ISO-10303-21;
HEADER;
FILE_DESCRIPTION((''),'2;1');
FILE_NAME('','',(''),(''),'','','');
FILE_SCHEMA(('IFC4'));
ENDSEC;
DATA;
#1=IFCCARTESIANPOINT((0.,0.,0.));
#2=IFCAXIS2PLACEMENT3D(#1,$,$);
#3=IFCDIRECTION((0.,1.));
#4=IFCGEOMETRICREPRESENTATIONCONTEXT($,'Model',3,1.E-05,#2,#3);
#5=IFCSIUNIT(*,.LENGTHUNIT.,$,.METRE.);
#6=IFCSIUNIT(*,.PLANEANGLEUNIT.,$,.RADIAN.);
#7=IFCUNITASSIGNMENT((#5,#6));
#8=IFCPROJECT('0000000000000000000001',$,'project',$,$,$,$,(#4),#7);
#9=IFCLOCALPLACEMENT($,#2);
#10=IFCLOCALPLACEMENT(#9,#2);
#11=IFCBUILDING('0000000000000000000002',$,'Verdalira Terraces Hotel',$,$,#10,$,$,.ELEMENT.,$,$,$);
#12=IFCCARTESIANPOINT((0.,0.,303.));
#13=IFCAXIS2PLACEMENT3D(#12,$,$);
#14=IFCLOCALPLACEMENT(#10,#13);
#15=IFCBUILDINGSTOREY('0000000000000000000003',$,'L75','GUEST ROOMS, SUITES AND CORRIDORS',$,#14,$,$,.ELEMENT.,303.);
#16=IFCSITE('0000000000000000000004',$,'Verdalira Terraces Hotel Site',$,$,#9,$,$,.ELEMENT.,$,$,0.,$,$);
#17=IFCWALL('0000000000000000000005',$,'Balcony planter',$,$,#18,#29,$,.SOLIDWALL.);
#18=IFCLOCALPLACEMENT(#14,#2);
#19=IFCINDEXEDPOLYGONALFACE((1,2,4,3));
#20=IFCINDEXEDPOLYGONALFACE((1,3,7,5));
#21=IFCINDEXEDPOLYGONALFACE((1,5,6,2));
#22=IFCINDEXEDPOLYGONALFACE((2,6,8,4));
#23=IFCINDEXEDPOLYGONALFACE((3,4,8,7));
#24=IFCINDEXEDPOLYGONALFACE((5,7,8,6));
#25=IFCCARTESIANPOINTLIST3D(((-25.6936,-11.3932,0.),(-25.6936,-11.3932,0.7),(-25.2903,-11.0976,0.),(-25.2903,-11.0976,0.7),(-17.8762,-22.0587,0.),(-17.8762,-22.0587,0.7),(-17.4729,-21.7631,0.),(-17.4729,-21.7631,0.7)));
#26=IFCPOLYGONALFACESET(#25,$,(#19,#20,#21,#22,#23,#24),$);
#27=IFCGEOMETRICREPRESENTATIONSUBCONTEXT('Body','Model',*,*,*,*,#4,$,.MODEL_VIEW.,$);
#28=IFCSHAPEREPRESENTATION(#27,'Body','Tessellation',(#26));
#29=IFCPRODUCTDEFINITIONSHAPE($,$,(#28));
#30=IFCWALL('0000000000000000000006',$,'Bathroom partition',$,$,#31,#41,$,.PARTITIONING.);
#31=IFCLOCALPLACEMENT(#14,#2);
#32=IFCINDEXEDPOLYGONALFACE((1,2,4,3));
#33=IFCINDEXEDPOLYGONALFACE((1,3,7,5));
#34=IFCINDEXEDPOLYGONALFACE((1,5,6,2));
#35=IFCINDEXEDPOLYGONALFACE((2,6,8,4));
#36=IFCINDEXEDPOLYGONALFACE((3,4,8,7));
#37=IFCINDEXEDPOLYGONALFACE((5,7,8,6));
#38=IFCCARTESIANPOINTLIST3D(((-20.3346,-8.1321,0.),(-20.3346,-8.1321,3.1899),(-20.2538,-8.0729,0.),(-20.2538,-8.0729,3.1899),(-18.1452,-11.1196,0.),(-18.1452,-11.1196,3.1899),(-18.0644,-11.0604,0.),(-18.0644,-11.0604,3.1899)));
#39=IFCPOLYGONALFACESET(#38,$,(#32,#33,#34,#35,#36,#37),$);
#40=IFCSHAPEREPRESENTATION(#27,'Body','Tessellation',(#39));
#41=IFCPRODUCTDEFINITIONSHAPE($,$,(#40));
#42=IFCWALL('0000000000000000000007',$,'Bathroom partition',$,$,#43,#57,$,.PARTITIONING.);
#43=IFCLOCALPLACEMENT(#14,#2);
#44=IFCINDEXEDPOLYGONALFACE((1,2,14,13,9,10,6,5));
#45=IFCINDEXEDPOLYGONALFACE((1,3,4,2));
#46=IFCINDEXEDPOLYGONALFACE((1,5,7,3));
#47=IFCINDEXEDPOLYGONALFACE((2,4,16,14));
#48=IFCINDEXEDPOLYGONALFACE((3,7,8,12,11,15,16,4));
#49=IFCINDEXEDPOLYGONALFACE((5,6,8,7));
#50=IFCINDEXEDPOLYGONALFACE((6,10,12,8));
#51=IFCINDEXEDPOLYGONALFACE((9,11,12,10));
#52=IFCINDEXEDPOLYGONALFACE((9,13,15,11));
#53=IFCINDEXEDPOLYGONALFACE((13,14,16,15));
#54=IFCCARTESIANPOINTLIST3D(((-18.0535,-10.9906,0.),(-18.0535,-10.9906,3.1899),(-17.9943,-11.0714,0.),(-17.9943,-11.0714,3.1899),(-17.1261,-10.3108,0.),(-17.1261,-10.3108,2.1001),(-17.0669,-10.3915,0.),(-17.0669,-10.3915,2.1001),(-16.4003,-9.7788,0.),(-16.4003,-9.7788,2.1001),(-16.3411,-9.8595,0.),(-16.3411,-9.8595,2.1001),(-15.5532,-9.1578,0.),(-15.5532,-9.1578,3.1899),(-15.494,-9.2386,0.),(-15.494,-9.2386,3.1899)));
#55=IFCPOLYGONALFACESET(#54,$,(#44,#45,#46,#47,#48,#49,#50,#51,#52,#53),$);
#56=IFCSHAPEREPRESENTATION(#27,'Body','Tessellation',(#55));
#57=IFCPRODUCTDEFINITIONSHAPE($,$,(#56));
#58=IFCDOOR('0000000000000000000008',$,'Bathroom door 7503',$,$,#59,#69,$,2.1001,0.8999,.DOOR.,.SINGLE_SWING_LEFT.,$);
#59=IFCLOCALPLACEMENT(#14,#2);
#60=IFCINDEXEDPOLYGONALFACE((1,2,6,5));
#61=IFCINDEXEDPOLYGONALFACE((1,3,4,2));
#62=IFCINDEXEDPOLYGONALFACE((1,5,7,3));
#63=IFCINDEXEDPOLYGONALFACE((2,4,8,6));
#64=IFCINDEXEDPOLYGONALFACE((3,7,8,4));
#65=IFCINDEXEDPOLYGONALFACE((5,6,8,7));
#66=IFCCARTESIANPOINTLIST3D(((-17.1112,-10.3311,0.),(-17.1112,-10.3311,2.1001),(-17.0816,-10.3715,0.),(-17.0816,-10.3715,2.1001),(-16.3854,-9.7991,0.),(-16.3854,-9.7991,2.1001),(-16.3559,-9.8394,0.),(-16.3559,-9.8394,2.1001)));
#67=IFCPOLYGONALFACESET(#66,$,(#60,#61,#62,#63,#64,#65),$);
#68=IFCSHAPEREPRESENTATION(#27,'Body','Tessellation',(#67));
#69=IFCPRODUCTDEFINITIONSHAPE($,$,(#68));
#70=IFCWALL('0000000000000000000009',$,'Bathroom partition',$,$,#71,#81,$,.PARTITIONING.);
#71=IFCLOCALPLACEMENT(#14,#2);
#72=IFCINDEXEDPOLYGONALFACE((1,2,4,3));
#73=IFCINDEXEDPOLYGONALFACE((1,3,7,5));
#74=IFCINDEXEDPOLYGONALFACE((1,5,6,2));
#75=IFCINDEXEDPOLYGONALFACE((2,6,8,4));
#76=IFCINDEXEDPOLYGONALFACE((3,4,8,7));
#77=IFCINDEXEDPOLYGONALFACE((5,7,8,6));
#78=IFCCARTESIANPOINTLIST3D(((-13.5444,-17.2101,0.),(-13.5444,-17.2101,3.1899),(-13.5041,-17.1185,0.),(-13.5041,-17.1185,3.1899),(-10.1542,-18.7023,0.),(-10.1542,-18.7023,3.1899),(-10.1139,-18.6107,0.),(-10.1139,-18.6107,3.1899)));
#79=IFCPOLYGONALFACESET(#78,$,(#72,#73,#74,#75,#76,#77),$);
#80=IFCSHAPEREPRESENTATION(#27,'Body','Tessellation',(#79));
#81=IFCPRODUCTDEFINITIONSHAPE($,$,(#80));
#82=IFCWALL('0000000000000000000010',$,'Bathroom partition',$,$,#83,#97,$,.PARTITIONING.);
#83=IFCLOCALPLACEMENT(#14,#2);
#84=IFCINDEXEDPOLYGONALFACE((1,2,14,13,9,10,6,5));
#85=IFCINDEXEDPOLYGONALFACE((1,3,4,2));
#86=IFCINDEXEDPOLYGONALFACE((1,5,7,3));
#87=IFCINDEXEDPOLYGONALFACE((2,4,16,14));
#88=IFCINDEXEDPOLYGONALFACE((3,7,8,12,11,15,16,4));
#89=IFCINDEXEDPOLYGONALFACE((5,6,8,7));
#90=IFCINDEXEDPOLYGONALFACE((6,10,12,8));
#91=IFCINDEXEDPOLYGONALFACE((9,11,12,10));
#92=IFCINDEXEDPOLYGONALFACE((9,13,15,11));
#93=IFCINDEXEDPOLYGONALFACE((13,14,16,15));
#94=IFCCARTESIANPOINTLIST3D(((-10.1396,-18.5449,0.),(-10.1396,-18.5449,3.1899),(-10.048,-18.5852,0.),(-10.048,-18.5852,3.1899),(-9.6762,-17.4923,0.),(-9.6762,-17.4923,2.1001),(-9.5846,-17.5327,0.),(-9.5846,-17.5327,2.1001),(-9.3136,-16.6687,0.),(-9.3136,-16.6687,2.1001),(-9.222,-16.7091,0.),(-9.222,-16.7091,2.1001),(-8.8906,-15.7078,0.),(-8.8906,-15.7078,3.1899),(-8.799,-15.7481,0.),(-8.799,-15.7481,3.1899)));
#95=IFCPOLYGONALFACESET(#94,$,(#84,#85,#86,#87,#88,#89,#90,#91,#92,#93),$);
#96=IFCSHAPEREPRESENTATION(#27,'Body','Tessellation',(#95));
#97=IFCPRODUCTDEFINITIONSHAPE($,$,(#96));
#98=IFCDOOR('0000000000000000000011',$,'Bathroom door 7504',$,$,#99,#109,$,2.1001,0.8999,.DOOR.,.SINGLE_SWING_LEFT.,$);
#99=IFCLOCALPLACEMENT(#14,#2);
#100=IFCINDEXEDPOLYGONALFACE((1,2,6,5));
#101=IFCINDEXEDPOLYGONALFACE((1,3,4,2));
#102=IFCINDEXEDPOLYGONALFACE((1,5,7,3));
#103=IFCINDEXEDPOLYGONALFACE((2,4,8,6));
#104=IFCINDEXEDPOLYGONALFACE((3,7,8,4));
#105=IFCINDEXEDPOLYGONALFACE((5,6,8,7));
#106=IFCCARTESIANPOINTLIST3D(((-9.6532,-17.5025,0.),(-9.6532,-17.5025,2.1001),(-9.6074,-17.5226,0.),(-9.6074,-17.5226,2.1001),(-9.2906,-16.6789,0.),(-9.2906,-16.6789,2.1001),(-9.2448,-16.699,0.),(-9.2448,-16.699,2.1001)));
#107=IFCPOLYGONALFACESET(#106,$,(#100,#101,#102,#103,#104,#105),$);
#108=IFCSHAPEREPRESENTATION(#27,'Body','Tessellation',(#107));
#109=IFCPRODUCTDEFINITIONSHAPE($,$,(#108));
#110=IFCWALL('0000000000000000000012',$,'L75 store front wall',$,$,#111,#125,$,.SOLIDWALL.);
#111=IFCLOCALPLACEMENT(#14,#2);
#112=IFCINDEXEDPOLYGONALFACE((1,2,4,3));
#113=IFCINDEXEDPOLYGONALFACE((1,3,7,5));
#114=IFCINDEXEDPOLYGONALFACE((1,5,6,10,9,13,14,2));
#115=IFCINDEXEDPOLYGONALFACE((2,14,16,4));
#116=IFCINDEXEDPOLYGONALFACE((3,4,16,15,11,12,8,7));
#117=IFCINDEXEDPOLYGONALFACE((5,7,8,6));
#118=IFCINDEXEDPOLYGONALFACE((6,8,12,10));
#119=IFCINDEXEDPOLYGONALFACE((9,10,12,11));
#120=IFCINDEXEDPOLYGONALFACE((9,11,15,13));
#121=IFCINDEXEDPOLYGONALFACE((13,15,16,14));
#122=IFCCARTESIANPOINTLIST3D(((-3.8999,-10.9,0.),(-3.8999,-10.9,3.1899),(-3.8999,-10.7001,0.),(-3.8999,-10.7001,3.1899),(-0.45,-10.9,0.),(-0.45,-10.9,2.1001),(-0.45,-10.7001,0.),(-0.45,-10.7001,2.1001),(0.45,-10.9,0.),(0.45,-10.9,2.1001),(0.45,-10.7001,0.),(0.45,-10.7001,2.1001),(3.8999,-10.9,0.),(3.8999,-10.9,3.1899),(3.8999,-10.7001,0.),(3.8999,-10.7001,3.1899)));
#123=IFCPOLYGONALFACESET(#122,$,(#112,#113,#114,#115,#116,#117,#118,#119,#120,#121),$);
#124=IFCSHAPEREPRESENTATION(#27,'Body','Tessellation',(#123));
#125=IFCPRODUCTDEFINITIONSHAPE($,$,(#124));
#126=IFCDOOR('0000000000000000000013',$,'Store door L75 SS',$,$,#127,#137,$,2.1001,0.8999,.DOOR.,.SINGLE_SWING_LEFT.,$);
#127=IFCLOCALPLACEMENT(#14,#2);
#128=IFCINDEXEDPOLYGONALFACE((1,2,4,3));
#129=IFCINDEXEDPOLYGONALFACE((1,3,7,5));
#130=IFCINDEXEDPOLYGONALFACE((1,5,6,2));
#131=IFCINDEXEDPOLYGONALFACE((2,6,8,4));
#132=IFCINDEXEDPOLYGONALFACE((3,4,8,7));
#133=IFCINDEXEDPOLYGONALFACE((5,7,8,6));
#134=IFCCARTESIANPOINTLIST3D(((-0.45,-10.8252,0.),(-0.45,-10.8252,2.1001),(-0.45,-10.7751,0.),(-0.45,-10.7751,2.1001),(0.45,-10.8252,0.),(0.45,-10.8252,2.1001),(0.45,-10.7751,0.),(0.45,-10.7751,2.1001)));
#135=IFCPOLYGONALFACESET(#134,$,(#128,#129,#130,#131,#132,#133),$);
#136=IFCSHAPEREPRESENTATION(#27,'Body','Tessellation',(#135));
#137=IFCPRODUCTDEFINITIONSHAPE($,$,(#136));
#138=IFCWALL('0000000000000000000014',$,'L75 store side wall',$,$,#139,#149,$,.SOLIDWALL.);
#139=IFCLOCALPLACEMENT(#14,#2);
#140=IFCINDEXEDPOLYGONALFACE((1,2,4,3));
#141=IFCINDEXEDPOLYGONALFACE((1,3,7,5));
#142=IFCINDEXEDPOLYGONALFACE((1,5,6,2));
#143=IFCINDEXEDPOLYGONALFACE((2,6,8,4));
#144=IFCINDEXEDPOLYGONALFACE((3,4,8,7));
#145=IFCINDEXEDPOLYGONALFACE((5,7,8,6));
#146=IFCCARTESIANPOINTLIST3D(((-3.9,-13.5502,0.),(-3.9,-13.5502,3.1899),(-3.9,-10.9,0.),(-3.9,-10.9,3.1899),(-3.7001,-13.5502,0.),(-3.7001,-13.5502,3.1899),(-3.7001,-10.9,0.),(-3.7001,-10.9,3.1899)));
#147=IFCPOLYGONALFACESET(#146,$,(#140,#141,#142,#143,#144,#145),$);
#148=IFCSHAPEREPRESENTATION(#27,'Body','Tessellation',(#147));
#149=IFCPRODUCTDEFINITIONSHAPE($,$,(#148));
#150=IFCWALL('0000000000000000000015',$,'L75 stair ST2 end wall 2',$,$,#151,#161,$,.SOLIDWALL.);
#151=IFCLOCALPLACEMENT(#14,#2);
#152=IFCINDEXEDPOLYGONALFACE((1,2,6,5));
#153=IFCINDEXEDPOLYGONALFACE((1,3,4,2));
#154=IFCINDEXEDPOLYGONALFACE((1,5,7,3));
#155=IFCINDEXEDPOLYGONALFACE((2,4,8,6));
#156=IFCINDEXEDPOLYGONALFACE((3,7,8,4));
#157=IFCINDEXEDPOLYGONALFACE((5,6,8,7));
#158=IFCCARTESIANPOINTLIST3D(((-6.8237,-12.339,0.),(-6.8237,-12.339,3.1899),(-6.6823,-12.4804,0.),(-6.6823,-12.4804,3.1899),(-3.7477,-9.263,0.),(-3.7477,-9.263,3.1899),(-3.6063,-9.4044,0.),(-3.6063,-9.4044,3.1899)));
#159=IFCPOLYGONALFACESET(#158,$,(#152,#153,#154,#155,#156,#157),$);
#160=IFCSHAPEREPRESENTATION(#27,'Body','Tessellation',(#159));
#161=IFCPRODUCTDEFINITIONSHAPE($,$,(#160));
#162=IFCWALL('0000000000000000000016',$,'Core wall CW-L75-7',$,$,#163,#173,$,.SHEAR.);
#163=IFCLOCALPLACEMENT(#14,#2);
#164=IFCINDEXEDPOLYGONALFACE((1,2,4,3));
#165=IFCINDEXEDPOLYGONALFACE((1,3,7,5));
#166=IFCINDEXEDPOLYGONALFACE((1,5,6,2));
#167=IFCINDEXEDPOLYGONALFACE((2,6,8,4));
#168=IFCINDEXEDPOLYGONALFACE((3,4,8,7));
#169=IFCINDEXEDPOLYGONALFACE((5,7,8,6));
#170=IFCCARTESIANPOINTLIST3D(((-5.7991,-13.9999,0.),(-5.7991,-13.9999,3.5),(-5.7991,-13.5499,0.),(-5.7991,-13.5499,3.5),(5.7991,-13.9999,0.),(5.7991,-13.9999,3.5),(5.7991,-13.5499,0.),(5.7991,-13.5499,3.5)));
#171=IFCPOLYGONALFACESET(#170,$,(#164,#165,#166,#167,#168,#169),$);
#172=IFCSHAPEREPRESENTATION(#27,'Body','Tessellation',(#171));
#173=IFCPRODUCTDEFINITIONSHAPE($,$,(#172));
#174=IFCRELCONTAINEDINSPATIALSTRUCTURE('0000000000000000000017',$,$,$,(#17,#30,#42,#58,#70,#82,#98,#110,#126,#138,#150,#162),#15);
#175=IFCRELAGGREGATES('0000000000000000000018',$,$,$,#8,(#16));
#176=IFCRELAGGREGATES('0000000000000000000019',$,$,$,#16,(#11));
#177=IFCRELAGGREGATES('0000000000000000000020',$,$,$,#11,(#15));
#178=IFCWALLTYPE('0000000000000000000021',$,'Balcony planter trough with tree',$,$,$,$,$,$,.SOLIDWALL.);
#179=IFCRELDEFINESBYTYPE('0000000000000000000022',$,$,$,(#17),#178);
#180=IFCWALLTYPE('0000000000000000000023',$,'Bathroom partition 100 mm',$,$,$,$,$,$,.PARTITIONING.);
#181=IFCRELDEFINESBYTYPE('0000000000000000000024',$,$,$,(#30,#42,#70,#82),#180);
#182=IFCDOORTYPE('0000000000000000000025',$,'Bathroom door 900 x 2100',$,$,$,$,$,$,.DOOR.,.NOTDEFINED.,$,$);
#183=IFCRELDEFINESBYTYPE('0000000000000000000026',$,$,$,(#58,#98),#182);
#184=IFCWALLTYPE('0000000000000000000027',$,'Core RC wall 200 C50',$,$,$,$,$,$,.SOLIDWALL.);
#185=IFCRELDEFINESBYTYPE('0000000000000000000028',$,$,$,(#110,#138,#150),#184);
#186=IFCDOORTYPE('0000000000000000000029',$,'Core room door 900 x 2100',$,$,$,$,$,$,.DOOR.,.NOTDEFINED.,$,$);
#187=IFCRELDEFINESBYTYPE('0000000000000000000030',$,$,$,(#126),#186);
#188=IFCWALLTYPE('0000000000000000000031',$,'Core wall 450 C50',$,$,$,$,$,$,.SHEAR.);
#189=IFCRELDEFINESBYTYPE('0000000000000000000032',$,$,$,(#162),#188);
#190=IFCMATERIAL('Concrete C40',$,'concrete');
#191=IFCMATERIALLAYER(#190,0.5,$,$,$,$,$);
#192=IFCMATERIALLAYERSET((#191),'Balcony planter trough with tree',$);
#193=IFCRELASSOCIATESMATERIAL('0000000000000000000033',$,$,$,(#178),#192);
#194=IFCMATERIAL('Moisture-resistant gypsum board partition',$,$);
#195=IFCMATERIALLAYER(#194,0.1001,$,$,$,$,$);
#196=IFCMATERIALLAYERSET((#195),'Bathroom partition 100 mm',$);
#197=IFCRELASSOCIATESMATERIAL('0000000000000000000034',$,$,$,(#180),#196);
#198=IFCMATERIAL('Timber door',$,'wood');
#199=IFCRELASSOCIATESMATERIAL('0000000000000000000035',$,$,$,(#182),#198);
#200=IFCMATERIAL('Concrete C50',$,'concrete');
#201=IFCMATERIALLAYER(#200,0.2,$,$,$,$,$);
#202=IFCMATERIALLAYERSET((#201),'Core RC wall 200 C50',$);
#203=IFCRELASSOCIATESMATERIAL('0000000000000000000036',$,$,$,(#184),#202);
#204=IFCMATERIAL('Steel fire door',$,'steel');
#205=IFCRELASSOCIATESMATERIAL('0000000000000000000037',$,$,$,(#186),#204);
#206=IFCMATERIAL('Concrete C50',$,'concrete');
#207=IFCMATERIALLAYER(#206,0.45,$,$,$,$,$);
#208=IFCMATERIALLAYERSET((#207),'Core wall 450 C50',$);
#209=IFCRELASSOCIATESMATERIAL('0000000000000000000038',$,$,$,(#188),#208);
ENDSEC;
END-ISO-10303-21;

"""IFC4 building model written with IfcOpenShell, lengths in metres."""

from ifc_helpers import new_model, si_unit, direction, frame, frame_2d, origin, place, context, subcontext, project, spatial, rectangle, extrude, material, layer, layer_set, type_object, element, fill, save


model = new_model("IFC4")

# Units and contexts
model_context = context("Model", 3, precision=1e-05, world=origin(), true_north=direction((0.0, 1.0)))
body_context = subcontext(model_context, "Body", "Model", "MODEL_VIEW")
ifc_project = project(units=[si_unit("LENGTHUNIT", "METRE"), si_unit("PLANEANGLEUNIT", "RADIAN")], contexts=[model_context])

# Site, building, storey
site_placement = place(None, origin())
site = spatial("IfcSite", under=ifc_project, at=site_placement, Name="Verdalira Terraces Hotel Site", CompositionType="ELEMENT", RefElevation=0.0)
building_placement = place(site_placement, origin())
building = spatial("IfcBuilding", under=site, at=building_placement, Name="Verdalira Terraces Hotel", CompositionType="ELEMENT")
storey_placement = place(building_placement, frame((0.0, 0.0, 303.0)))
storey = spatial("IfcBuildingStorey", under=building, at=storey_placement, Name="L75", Description="GUEST ROOMS, SUITES AND CORRIDORS", CompositionType="ELEMENT", Elevation=303.0)

# Walls
ifc_material_1 = material(Name="Concrete C40", Category="concrete")
ifc_layer_1 = layer(ifc_material_1, 0.5)
ifc_layer_set_1 = layer_set([ifc_layer_1], Name="Balcony planter trough with tree")
wall_type_1 = type_object("IfcWallType", Name="Balcony planter trough with tree", PredefinedType="SOLIDWALL", material=ifc_layer_set_1)
wall_1_placement = place(storey_placement, frame((-25.4919, -11.2454, 0.0), z_axis=(0.0, 0.0, 1.0), x_axis=(0.591167, -0.806549, 0.0)))
element("IfcWall", 1, at=wall_1_placement, inside=storey, type_object=wall_type_1, Name="Balcony planter", PredefinedType="SOLIDWALL", context=body_context, shape_type="SweptSolid", body=[
    extrude(rectangle(XDim=13.2236, YDim=0.5, at=frame_2d((6.6118, 0.0))), origin(), (0.0, 0.0, 1.0), 0.7),
])
ifc_material_2 = material(Name="Moisture-resistant gypsum board partition")
ifc_layer_2 = layer(ifc_material_2, 0.1001)
ifc_layer_set_2 = layer_set([ifc_layer_2], Name="Bathroom partition 100 mm")
wall_type_2 = type_object("IfcWallType", Name="Bathroom partition 100 mm", PredefinedType="PARTITIONING", material=ifc_layer_set_2)
wall_2_placement = place(storey_placement, frame((-18.1047, -11.0901, 0.0), z_axis=(0.0, 0.0, 1.0), x_axis=(-0.591115, 0.806587, 0.0)))
element("IfcWall", 2, at=wall_2_placement, inside=storey, type_object=wall_type_2, Name="Bathroom partition", PredefinedType="PARTITIONING", context=body_context, shape_type="SweptSolid", body=[
    extrude(rectangle(XDim=3.7039, YDim=0.1001, at=frame_2d((1.8521, 0.0))), origin(), (0.0, 0.0, 1.0), 3.1899),
])

# Wall, opening, door
wall_3_placement = place(storey_placement, frame((-18.0239, -11.031, 0.0), z_axis=(0.0, 0.0, 1.0), x_axis=(0.80652, 0.591207, 0.0)))
wall_3 = element("IfcWall", 3, at=wall_3_placement, inside=storey, type_object=wall_type_2, Name="Bathroom partition", PredefinedType="PARTITIONING", context=body_context, shape_type="SweptSolid", body=[
    extrude(rectangle(XDim=3.1001, YDim=0.1001, at=frame_2d((1.55, 0.0))), origin(), (0.0, 0.0, 1.0), 3.1899),
])
opening_1_placement = place(wall_3_placement, frame((1.1499, 0.0, 0.0)))
opening_1 = element("IfcOpeningElement", 4, at=opening_1_placement, cuts=wall_3, PredefinedType="OPENING", context=body_context, shape_type="SweptSolid", body=[
    extrude(rectangle(XDim=0.8999, YDim=2.1001, at=frame_2d((0.45, 1.05))), frame((0.0, 0.0601, 0.0), z_axis=(0.0, -1.0, 0.0), x_axis=(1.0, 0.0, 0.0)), (0.0, 0.0, 1.0), 0.1201),
])
ifc_material_3 = material(Name="Timber door", Category="wood")
door_type_1 = type_object("IfcDoorType", Name="Bathroom door 900 x 2100", OperationType="NOTDEFINED", PredefinedType="DOOR", material=ifc_material_3)
door_1_placement = place(opening_1_placement, origin())
door_1 = element("IfcDoor", 5, at=door_1_placement, inside=storey, type_object=door_type_1, Name="Bathroom door 7503", OperationType="SINGLE_SWING_LEFT", OverallHeight=2.1001, OverallWidth=0.8999, PredefinedType="DOOR", context=body_context, shape_type="SweptSolid", body=[
    extrude(rectangle(XDim=0.8999, YDim=2.1001, at=frame_2d((0.45, 1.05))), frame((0.0, 0.0249, 0.0), z_axis=(0.0, -1.0, 0.0), x_axis=(1.0, 0.0, 0.0)), (0.0, 0.0, 1.0), 0.05),
])
fill(opening_1, door_1)

# Wall
wall_4_placement = place(storey_placement, frame((-10.134, -18.6565, 0.0), z_axis=(0.0, 0.0, 1.0), x_axis=(-0.915263, 0.402858, 0.0)))
element("IfcWall", 6, at=wall_4_placement, inside=storey, type_object=wall_type_2, Name="Bathroom partition", PredefinedType="PARTITIONING", context=body_context, shape_type="SweptSolid", body=[
    extrude(rectangle(XDim=3.7041, YDim=0.1001, at=frame_2d((1.8521, 0.0))), origin(), (0.0, 0.0, 1.0), 3.1899),
])

# Walls, openings, doors
wall_5_placement = place(storey_placement, frame((-10.0938, -18.5649, 0.0), z_axis=(0.0, 0.0, 1.0), x_axis=(0.402921, 0.915235, 0.0)))
wall_5 = element("IfcWall", 7, at=wall_5_placement, inside=storey, type_object=wall_type_2, Name="Bathroom partition", PredefinedType="PARTITIONING", context=body_context, shape_type="SweptSolid", body=[
    extrude(rectangle(XDim=3.0999, YDim=0.1001, at=frame_2d((1.5498, 0.0))), origin(), (0.0, 0.0, 1.0), 3.1899),
])
opening_2_placement = place(wall_5_placement, frame((1.1499, 0.0, 0.0)))
opening_2 = element("IfcOpeningElement", 8, at=opening_2_placement, cuts=wall_5, PredefinedType="OPENING", context=body_context, shape_type="SweptSolid", body=[
    extrude(rectangle(XDim=0.8999, YDim=2.1001, at=frame_2d((0.45, 1.05))), frame((0.0, 0.0601, 0.0), z_axis=(0.0, -1.0, 0.0), x_axis=(1.0, 0.0, 0.0)), (0.0, 0.0, 1.0), 0.1201),
])
door_2_placement = place(opening_2_placement, origin())
door_2 = element("IfcDoor", 9, at=door_2_placement, inside=storey, type_object=door_type_1, Name="Bathroom door 7504", OperationType="SINGLE_SWING_LEFT", OverallHeight=2.1001, OverallWidth=0.8999, PredefinedType="DOOR", context=body_context, shape_type="SweptSolid", body=[
    extrude(rectangle(XDim=0.8999, YDim=2.1001, at=frame_2d((0.45, 1.05))), frame((0.0, 0.0249, 0.0), z_axis=(0.0, -1.0, 0.0), x_axis=(1.0, 0.0, 0.0)), (0.0, 0.0, 1.0), 0.05),
])
fill(opening_2, door_2)
ifc_material_4 = material(Name="Concrete C50", Category="concrete")
ifc_layer_3 = layer(ifc_material_4, 0.2)
ifc_layer_set_3 = layer_set([ifc_layer_3], Name="Core RC wall 200 C50")
wall_type_3 = type_object("IfcWallType", Name="Core RC wall 200 C50", PredefinedType="SOLIDWALL", material=ifc_layer_set_3)
wall_6_placement = place(storey_placement, frame((-3.8999, -10.8, 0.0), z_axis=(0.0, 0.0, 1.0), x_axis=(1.0, 0.0, 0.0)))
wall_6 = element("IfcWall", 10, at=wall_6_placement, inside=storey, type_object=wall_type_3, Name="L75 store front wall", PredefinedType="SOLIDWALL", context=body_context, shape_type="SweptSolid", body=[
    extrude(rectangle(XDim=7.7998, YDim=0.2, at=frame_2d((3.8999, 0.0))), origin(), (0.0, 0.0, 1.0), 3.1899),
])
opening_3_placement = place(wall_6_placement, frame((3.45, 0.0, 0.0)))
opening_3 = element("IfcOpeningElement", 11, at=opening_3_placement, cuts=wall_6, PredefinedType="OPENING", context=body_context, shape_type="SweptSolid", body=[
    extrude(rectangle(XDim=0.8999, YDim=2.1001, at=frame_2d((0.45, 1.05))), frame((0.0, 0.1099, 0.0), z_axis=(0.0, -1.0, 0.0), x_axis=(1.0, 0.0, 0.0)), (0.0, 0.0, 1.0), 0.22),
])
ifc_material_5 = material(Name="Steel fire door", Category="steel")
door_type_2 = type_object("IfcDoorType", Name="Core room door 900 x 2100", OperationType="NOTDEFINED", PredefinedType="DOOR", material=ifc_material_5)
door_3_placement = place(opening_3_placement, origin())
door_3 = element("IfcDoor", 12, at=door_3_placement, inside=storey, type_object=door_type_2, Name="Store door L75 SS", OperationType="SINGLE_SWING_LEFT", OverallHeight=2.1001, OverallWidth=0.8999, PredefinedType="DOOR", context=body_context, shape_type="SweptSolid", body=[
    extrude(rectangle(XDim=0.8999, YDim=2.1001, at=frame_2d((0.45, 1.05))), frame((0.0, 0.0249, 0.0), z_axis=(0.0, -1.0, 0.0), x_axis=(1.0, 0.0, 0.0)), (0.0, 0.0, 1.0), 0.05),
])
fill(opening_3, door_3)

# Walls
wall_7_placement = place(storey_placement, frame((-3.8, -10.8999, 0.0), z_axis=(0.0, 0.0, 1.0), x_axis=(0.0, -1.0, 0.0)))
element("IfcWall", 13, at=wall_7_placement, inside=storey, type_object=wall_type_3, Name="L75 store side wall", PredefinedType="SOLIDWALL", context=body_context, shape_type="SweptSolid", body=[
    extrude(rectangle(XDim=2.6501, YDim=0.2, at=frame_2d((1.3252, 0.0))), origin(), (0.0, 0.0, 1.0), 3.1899),
])
wall_8_placement = place(storey_placement, frame((-3.677, -9.3337, 0.0), z_axis=(0.0, 0.0, 1.0), x_axis=(-0.707107, -0.707107, 0.0)))
element("IfcWall", 14, at=wall_8_placement, inside=storey, type_object=wall_type_3, Name="L75 stair ST2 end wall 2", PredefinedType="SOLIDWALL", context=body_context, shape_type="SweptSolid", body=[
    extrude(rectangle(XDim=4.3501, YDim=0.2, at=frame_2d((2.175, 0.0))), origin(), (0.0, 0.0, 1.0), 3.1899),
])
ifc_material_6 = material(Name="Concrete C50", Category="concrete")
ifc_layer_4 = layer(ifc_material_6, 0.45)
ifc_layer_set_4 = layer_set([ifc_layer_4], Name="Core wall 450 C50")
wall_type_4 = type_object("IfcWallType", Name="Core wall 450 C50", PredefinedType="SHEAR", material=ifc_layer_set_4)
wall_9_placement = place(storey_placement, frame((-5.7991, -13.7749, 0.0), z_axis=(0.0, 0.0, 1.0), x_axis=(1.0, 0.0, 0.0)))
element("IfcWall", 15, at=wall_9_placement, inside=storey, type_object=wall_type_4, Name="Core wall CW-L75-7", PredefinedType="SHEAR", context=body_context, shape_type="SweptSolid", body=[
    extrude(rectangle(XDim=11.5981, YDim=0.45, at=frame_2d((5.7991, 0.0))), origin(), (0.0, 0.0, 1.0), 3.5),
])

save(model, "model.ifc")
